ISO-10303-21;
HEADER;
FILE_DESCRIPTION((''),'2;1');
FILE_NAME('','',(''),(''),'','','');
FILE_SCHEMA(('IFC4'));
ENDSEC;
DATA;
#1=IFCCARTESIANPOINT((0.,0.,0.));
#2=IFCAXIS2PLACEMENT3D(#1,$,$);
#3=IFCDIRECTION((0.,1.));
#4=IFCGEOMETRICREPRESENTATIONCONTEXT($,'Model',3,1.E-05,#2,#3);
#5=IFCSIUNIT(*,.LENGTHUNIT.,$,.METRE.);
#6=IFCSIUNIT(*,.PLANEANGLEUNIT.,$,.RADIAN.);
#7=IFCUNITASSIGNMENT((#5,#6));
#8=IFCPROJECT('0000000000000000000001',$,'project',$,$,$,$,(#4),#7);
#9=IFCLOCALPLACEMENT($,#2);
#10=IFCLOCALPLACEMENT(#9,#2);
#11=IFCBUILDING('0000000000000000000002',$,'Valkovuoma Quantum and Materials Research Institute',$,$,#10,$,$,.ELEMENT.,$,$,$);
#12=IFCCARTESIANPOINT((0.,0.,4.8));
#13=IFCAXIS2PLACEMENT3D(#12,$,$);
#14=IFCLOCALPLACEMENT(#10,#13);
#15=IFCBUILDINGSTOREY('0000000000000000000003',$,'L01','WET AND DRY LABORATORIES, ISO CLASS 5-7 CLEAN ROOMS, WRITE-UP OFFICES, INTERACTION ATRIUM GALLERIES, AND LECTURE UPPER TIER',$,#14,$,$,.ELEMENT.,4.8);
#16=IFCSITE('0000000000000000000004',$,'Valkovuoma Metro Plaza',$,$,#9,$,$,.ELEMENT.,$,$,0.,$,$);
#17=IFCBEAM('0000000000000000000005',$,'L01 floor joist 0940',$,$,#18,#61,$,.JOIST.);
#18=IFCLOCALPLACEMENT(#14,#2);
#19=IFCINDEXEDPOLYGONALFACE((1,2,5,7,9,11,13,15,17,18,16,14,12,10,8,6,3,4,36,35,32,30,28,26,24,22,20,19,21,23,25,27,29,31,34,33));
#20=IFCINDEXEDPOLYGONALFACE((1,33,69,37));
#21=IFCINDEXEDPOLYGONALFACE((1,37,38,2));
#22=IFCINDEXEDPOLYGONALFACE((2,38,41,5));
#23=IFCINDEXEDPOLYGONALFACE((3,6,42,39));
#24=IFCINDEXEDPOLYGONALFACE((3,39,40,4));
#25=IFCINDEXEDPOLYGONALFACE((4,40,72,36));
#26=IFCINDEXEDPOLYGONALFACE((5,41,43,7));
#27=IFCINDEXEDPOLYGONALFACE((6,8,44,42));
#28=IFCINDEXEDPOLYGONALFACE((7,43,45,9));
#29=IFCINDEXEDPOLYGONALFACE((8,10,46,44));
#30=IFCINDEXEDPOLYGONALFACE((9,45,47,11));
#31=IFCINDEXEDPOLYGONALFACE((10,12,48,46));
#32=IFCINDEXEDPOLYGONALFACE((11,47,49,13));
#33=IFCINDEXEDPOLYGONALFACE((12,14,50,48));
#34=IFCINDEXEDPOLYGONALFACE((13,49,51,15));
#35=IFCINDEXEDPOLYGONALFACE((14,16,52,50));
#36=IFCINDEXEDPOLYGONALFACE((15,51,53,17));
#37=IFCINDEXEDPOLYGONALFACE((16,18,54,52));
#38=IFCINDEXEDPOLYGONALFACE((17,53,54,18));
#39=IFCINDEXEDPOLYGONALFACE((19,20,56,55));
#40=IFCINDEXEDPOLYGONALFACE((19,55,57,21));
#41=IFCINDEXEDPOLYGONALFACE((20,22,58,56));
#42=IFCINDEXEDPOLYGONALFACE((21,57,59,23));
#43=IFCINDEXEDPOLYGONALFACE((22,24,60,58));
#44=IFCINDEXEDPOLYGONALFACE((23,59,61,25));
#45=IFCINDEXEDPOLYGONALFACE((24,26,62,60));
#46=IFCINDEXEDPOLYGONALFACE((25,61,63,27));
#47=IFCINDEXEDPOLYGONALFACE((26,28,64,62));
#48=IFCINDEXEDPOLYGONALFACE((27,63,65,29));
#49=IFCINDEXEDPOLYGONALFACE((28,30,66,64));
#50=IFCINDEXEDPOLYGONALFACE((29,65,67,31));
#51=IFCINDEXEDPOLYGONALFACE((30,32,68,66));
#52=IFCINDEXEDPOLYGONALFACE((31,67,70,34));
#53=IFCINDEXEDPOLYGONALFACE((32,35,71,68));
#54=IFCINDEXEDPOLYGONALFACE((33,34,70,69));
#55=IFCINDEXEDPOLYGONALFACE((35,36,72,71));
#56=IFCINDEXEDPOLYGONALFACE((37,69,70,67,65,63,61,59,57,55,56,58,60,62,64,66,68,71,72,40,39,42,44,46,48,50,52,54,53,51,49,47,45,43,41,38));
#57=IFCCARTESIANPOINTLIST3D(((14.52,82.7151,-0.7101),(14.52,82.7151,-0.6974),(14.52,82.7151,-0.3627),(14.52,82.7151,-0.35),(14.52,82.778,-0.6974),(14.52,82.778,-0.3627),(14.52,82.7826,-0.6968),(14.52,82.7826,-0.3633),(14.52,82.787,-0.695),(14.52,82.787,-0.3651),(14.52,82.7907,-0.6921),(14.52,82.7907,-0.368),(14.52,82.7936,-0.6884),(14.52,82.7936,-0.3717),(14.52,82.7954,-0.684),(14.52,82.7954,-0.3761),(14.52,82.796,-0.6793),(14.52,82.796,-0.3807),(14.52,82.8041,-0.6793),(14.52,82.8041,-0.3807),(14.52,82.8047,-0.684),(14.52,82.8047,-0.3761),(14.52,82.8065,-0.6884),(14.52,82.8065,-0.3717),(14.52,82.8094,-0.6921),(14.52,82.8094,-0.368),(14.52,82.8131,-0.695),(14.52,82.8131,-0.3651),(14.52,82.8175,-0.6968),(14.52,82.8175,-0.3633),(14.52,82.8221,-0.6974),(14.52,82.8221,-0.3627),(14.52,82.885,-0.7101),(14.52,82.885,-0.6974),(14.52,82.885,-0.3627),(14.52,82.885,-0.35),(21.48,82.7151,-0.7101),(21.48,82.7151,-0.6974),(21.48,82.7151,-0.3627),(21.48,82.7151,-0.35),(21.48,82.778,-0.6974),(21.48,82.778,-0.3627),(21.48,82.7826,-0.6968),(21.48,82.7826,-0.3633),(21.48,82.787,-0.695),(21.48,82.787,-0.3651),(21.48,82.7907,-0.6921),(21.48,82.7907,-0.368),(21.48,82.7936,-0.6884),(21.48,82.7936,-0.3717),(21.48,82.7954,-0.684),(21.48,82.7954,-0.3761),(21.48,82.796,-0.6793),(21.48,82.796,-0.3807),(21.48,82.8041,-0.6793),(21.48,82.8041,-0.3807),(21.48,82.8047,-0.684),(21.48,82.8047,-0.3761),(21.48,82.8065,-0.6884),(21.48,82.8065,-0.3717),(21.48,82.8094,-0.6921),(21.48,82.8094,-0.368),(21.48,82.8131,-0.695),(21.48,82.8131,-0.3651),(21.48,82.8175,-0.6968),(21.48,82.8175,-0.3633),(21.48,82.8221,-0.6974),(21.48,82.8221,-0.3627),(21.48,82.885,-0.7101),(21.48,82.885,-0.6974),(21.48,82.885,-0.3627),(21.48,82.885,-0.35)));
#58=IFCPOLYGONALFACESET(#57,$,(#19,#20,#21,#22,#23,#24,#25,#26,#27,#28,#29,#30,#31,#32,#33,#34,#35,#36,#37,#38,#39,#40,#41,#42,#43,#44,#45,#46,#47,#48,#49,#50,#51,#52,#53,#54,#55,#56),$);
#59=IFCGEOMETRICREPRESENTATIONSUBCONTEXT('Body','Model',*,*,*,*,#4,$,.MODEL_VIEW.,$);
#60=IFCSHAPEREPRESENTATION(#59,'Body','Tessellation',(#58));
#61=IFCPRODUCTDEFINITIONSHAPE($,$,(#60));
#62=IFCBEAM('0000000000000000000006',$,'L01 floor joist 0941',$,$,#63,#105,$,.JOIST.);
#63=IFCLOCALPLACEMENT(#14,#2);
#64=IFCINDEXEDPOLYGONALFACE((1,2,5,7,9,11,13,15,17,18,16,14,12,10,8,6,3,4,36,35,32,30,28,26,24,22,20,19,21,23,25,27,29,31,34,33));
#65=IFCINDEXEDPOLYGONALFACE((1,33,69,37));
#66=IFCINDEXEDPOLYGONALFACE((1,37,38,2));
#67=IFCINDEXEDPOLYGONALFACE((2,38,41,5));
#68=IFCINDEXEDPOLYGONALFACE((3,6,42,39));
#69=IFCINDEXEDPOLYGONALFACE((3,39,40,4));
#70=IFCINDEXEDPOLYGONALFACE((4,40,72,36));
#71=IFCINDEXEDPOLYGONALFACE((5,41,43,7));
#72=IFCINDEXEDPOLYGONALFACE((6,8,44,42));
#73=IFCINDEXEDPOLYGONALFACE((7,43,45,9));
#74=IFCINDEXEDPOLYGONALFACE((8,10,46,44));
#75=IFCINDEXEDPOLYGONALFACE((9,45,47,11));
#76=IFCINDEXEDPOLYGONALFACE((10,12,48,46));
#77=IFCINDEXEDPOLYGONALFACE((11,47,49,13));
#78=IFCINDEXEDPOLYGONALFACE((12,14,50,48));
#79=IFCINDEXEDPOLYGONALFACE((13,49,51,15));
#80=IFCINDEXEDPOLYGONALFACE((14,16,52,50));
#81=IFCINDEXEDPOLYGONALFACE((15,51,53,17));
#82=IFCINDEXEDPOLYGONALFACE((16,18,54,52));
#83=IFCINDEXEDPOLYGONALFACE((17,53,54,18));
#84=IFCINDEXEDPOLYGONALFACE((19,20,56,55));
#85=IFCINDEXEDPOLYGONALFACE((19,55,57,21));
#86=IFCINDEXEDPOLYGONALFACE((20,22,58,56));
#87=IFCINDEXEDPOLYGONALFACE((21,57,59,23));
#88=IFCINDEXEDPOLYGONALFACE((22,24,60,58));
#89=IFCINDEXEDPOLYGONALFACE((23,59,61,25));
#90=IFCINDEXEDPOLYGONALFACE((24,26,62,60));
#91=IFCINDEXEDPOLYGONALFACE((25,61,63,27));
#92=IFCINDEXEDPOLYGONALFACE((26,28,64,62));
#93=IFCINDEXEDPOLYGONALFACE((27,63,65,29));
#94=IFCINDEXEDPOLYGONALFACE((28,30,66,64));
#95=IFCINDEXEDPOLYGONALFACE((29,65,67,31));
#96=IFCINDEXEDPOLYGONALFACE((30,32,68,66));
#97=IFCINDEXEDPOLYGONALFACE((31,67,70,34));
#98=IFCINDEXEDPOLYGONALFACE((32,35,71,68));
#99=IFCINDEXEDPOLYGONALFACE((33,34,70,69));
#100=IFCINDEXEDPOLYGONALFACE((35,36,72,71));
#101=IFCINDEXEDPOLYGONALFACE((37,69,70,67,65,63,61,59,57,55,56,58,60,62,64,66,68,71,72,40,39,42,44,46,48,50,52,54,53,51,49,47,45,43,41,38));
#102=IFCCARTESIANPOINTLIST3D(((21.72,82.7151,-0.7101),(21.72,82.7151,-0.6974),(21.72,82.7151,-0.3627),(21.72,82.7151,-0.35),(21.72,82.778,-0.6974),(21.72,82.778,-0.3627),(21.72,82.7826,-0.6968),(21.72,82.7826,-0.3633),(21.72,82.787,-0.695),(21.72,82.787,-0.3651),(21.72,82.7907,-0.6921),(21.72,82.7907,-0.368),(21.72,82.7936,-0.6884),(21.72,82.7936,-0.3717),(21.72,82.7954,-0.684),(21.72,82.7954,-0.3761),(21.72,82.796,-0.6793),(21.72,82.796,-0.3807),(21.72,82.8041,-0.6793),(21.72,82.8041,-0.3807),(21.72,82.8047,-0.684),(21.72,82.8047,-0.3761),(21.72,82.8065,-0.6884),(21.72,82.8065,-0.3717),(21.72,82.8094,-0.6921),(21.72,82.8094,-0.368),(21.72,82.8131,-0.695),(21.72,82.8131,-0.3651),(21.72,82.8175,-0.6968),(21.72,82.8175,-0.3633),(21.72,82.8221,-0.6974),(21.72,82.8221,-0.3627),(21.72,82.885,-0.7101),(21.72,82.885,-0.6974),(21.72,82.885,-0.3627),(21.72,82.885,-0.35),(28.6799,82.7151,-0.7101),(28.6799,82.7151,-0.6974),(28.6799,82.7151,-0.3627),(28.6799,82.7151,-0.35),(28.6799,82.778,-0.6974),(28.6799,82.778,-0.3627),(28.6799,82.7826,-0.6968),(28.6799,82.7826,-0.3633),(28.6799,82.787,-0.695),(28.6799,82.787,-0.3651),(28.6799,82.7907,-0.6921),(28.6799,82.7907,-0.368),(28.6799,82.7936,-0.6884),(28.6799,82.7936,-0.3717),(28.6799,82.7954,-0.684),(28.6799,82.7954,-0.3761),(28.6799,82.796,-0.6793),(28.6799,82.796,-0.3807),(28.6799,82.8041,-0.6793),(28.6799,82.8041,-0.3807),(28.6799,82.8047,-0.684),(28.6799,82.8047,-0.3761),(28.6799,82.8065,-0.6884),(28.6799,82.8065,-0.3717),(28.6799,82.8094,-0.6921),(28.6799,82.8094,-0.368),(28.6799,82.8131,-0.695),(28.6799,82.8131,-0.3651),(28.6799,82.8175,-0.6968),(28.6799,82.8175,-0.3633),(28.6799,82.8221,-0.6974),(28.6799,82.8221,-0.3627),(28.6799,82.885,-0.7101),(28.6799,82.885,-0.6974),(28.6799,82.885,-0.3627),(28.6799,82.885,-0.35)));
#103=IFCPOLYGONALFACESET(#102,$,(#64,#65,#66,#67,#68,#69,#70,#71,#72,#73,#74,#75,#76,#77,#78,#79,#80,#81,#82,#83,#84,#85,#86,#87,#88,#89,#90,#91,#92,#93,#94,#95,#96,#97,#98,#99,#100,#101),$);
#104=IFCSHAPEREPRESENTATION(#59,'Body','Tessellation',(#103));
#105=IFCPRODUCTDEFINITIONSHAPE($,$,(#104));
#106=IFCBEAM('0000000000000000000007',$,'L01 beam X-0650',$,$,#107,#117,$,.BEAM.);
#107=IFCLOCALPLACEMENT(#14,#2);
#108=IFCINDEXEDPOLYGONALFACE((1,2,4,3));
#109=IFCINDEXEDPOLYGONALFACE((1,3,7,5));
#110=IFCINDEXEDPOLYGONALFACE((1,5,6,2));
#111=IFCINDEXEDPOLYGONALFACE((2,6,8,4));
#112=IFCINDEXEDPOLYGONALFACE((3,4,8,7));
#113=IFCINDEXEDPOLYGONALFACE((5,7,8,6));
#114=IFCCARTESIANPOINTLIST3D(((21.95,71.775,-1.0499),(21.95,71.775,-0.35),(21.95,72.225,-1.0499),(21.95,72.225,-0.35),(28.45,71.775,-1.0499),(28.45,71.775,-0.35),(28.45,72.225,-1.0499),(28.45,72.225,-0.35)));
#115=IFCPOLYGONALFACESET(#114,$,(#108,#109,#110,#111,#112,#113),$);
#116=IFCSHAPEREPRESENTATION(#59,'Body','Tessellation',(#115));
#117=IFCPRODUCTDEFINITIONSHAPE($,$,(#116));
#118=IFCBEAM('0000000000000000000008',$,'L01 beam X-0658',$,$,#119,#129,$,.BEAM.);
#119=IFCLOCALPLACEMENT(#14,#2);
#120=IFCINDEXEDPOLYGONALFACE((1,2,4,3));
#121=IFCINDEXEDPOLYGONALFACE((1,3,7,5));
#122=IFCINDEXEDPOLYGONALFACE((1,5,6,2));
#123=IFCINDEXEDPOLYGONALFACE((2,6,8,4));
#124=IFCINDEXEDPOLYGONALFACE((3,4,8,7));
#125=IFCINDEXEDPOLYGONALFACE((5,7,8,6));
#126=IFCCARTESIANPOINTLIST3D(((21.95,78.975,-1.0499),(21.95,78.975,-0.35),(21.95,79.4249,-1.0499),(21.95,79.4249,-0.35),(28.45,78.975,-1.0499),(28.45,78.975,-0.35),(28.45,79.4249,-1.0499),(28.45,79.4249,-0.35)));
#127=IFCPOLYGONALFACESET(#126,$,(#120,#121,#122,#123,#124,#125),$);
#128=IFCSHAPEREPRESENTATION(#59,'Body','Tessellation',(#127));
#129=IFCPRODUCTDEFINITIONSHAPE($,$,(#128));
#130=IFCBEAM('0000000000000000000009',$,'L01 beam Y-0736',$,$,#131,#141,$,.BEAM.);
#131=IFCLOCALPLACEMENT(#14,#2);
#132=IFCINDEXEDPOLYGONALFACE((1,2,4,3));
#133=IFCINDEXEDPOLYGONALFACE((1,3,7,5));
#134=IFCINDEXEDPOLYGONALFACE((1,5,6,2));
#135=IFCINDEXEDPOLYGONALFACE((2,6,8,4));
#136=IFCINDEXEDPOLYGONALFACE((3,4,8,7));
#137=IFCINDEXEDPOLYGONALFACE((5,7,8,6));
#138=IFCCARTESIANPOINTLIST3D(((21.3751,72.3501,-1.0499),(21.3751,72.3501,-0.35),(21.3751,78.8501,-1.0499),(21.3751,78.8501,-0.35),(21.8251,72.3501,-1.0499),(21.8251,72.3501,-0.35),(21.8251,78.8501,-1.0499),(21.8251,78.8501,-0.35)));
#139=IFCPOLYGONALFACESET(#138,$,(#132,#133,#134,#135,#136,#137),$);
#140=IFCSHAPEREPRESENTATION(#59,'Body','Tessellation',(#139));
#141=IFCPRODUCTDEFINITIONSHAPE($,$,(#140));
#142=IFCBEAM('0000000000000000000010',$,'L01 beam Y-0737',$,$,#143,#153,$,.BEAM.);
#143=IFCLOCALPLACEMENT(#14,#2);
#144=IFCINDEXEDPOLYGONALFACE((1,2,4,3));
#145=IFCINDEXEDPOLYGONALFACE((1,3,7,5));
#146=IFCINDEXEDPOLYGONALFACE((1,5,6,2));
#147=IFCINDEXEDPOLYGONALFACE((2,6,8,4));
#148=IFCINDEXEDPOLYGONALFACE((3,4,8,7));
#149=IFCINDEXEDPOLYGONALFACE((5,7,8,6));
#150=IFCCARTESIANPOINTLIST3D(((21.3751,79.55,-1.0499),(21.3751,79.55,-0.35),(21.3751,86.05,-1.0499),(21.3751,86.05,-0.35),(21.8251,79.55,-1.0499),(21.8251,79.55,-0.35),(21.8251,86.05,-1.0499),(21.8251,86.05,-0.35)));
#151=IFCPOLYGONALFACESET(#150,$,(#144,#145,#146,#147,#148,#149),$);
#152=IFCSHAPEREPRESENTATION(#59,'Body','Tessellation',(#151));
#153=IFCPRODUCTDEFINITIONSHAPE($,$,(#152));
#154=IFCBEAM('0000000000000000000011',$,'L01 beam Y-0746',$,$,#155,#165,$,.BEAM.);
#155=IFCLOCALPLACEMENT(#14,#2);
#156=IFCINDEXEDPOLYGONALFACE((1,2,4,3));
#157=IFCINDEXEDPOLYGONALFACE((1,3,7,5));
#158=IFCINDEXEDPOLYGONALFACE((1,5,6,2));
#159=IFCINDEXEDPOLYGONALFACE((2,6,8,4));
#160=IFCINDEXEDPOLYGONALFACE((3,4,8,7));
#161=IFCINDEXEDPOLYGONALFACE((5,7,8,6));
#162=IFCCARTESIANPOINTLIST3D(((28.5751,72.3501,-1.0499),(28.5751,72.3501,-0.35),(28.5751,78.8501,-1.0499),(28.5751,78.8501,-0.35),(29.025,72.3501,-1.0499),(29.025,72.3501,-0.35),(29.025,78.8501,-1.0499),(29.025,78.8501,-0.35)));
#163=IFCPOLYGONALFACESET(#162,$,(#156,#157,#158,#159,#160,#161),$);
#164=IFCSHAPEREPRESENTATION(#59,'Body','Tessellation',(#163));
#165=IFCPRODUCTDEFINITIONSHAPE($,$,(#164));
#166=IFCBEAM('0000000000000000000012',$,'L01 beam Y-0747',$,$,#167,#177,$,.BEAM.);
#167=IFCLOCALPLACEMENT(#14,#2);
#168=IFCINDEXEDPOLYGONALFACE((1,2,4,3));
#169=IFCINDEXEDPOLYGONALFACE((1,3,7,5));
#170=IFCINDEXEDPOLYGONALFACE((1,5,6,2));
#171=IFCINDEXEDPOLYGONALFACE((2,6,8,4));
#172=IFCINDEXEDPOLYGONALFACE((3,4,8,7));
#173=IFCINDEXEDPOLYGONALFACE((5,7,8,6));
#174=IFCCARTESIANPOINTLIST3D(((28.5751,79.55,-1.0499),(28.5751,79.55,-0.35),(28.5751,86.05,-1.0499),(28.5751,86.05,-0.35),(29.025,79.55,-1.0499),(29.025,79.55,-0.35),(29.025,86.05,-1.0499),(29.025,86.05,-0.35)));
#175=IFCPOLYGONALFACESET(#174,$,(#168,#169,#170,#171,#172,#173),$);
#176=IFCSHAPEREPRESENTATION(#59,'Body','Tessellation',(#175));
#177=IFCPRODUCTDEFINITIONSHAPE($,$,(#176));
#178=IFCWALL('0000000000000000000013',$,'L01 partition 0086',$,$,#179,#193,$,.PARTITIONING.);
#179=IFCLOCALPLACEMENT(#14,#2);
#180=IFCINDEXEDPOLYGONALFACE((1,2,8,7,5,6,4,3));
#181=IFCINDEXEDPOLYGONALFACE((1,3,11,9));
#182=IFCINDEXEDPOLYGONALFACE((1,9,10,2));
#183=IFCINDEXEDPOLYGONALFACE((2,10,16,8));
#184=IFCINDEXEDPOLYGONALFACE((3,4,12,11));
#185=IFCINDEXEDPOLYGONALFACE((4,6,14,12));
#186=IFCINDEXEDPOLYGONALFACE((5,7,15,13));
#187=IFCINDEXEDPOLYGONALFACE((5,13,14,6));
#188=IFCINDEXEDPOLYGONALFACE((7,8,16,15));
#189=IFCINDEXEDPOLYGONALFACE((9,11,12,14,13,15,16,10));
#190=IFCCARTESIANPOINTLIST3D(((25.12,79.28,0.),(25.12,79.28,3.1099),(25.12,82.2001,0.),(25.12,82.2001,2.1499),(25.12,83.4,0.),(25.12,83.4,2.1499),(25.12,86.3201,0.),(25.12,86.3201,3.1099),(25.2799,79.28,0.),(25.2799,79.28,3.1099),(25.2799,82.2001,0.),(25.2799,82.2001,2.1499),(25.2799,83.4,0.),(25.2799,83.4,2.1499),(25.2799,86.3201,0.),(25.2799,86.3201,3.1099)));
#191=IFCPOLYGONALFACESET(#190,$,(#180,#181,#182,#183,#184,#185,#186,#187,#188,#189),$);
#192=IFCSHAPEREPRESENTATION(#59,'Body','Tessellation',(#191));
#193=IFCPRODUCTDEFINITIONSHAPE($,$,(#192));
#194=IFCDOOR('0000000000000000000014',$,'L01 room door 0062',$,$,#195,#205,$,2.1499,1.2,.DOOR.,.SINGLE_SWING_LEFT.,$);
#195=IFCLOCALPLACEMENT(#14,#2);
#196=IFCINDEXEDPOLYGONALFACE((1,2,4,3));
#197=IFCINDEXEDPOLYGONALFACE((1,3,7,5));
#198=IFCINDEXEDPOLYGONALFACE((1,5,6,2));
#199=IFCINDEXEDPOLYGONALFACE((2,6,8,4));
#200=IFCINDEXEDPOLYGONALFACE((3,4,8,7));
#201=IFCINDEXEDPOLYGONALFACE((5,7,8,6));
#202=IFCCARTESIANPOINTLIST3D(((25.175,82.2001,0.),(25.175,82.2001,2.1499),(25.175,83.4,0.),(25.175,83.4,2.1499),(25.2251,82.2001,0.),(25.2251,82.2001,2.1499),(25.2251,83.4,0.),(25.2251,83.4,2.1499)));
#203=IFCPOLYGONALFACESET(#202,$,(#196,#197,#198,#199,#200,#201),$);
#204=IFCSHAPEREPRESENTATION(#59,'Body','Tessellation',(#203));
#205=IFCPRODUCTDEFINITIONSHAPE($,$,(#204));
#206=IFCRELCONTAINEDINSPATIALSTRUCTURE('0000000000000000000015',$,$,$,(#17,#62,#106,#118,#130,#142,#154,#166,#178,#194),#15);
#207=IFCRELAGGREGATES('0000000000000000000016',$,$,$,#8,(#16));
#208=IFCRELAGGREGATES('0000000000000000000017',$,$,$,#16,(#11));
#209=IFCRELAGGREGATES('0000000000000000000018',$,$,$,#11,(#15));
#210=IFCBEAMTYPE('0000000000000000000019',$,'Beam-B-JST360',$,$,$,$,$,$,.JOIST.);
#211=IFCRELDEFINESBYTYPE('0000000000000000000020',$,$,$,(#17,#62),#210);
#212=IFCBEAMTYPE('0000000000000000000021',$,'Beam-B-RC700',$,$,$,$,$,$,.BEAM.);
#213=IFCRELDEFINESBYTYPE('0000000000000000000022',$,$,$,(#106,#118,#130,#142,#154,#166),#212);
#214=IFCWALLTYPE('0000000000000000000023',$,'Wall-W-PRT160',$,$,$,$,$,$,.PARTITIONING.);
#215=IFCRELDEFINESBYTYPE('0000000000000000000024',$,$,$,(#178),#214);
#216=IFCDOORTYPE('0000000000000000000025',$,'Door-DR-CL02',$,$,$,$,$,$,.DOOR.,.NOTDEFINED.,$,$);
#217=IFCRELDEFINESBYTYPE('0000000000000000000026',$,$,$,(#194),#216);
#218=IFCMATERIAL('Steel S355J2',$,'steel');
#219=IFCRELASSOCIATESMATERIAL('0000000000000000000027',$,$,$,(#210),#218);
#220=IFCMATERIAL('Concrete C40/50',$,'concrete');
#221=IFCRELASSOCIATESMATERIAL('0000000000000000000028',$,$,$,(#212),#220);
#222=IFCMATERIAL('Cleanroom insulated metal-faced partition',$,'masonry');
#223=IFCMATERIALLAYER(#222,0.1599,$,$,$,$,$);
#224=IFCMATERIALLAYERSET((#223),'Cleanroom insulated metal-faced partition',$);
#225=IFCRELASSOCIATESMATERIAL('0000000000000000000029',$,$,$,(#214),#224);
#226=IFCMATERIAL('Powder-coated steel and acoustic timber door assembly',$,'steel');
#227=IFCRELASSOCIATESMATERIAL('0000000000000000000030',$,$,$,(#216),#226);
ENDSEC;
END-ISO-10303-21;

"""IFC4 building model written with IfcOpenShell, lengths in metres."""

from ifc_helpers import new_model, si_unit, direction, frame, frame_2d, origin, origin_2d, place, context, subcontext, project, spatial, rectangle, i_section, extrude, material, layer, layer_set, material_profile, profile_set, type_object, element, fill, save


model = new_model("IFC4")

# Units and contexts
model_context = context("Model", 3, precision=1e-05, world=origin(), true_north=direction((0.0, 1.0)))
body_context = subcontext(model_context, "Body", "Model", "MODEL_VIEW")
ifc_project = project(units=[si_unit("LENGTHUNIT", "METRE"), si_unit("PLANEANGLEUNIT", "RADIAN")], contexts=[model_context])

# Site, building, storey
site_placement = place(None, origin())
site = spatial("IfcSite", under=ifc_project, at=site_placement, Name="Valkovuoma Metro Plaza", CompositionType="ELEMENT", RefElevation=0.0)
building_placement = place(site_placement, origin())
building = spatial("IfcBuilding", under=site, at=building_placement, Name="Valkovuoma Quantum and Materials Research Institute", CompositionType="ELEMENT")
storey_placement = place(building_placement, frame((0.0, 0.0, 4.8)))
storey = spatial("IfcBuildingStorey", under=building, at=storey_placement, Name="L01", Description="WET AND DRY LABORATORIES, ISO CLASS 5-7 CLEAN ROOMS, WRITE-UP OFFICES, INTERACTION ATRIUM GALLERIES, AND LECTURE UPPER TIER", CompositionType="ELEMENT", Elevation=4.8)

# Beams
ifc_material_1 = material(Name="Steel S355J2", Category="steel")
ifc_material_profile_1 = material_profile(ifc_material_1, i_section(OverallWidth=0.1699, OverallDepth=0.3601, WebThickness=0.0081, FlangeThickness=0.0127, FilletRadius=0.0181, at=origin_2d()), Name="Steel S355J2")
ifc_profile_set_1 = profile_set([ifc_material_profile_1], Name="Steel S355J2")
beam_type_1 = type_object("IfcBeamType", Name="Beam-B-JST360", PredefinedType="JOIST", material=ifc_profile_set_1)
for number, where, z_axis, x_axis, name in (
    (1, (14.52, 82.8, -0.53), (1.0, 0.0, 0.0), (0.0, 1.0, 0.0), "L01 floor joist 0940"),
    (2, (21.72, 82.8, -0.53), (1.0, 0.0, 0.0), (0.0, 1.0, 0.0), "L01 floor joist 0941"),
):
    element("IfcBeam", number, at=place(storey_placement, frame(where, z_axis=z_axis, x_axis=x_axis)), inside=storey, type_object=beam_type_1, Name=name, PredefinedType="JOIST", context=body_context, shape_type="SweptSolid", body=[
        extrude(i_section(OverallWidth=0.1699, OverallDepth=0.3601, WebThickness=0.0081, FlangeThickness=0.0127, FilletRadius=0.0181, at=origin_2d()), origin(), (0.0, 0.0, 1.0), 6.96),
    ])
ifc_material_2 = material(Name="Concrete C40/50", Category="concrete")
ifc_material_profile_2 = material_profile(ifc_material_2, rectangle(XDim=0.45, YDim=0.7, at=origin_2d()), Name="Concrete C40/50")
ifc_profile_set_2 = profile_set([ifc_material_profile_2], Name="Concrete C40/50")
beam_type_2 = type_object("IfcBeamType", Name="Beam-B-RC700", PredefinedType="BEAM", material=ifc_profile_set_2)
for number, where, z_axis, x_axis, name in (
    (3, (21.95, 72.0, -0.7), (1.0, 0.0, 0.0), (0.0, 1.0, 0.0), "L01 beam X-0650"),
    (4, (21.95, 79.2, -0.7), (1.0, 0.0, 0.0), (0.0, 1.0, 0.0), "L01 beam X-0658"),
    (5, (21.6001, 72.3501, -0.7), (0.0, 1.0, 0.0), (-1.0, 0.0, 0.0), "L01 beam Y-0736"),
    (6, (21.6001, 79.55, -0.7), (0.0, 1.0, 0.0), (-1.0, 0.0, 0.0), "L01 beam Y-0737"),
    (7, (28.8, 72.3501, -0.7), (0.0, 1.0, 0.0), (-1.0, 0.0, 0.0), "L01 beam Y-0746"),
    (8, (28.8, 79.55, -0.7), (0.0, 1.0, 0.0), (-1.0, 0.0, 0.0), "L01 beam Y-0747"),
):
    element("IfcBeam", number, at=place(storey_placement, frame(where, z_axis=z_axis, x_axis=x_axis)), inside=storey, type_object=beam_type_2, Name=name, PredefinedType="BEAM", context=body_context, shape_type="SweptSolid", body=[
        extrude(rectangle(XDim=0.45, YDim=0.7, at=origin_2d()), origin(), (0.0, 0.0, 1.0), 6.5),
    ])

# Wall, opening, door
ifc_material_3 = material(Name="Cleanroom insulated metal-faced partition", Category="masonry")
ifc_layer = layer(ifc_material_3, 0.1599)
ifc_layer_set = layer_set([ifc_layer], Name="Cleanroom insulated metal-faced partition")
wall_type = type_object("IfcWallType", Name="Wall-W-PRT160", PredefinedType="PARTITIONING", material=ifc_layer_set)
wall_1_placement = place(storey_placement, frame((25.2, 79.28, 0.0), z_axis=(0.0, 0.0, 1.0), x_axis=(0.0, 1.0, 0.0)))
wall_1 = element("IfcWall", 9, at=wall_1_placement, inside=storey, type_object=wall_type, Name="L01 partition 0086", PredefinedType="PARTITIONING", context=body_context, shape_type="SweptSolid", body=[
    extrude(rectangle(XDim=7.04, YDim=0.1599, at=frame_2d((3.52, 0.0))), origin(), (0.0, 0.0, 1.0), 3.1099),
])
opening_1_placement = place(wall_1_placement, frame((2.9199, 0.0, 0.0)))
opening_1 = element("IfcOpeningElement", 10, at=opening_1_placement, cuts=wall_1, PredefinedType="OPENING", context=body_context, shape_type="SweptSolid", body=[
    extrude(rectangle(XDim=1.2, YDim=2.1499, at=frame_2d((0.6001, 1.075))), frame((0.0, 0.0898, 0.0), z_axis=(0.0, -1.0, 0.0), x_axis=(1.0, 0.0, 0.0)), (0.0, 0.0, 1.0), 0.1799),
])
ifc_material_4 = material(Name="Powder-coated steel and acoustic timber door assembly", Category="steel")
door_type_1 = type_object("IfcDoorType", Name="Door-DR-CL02", OperationType="NOTDEFINED", PredefinedType="DOOR", material=ifc_material_4)
door_1_placement = place(opening_1_placement, origin())
door_1 = element("IfcDoor", 11, at=door_1_placement, inside=storey, type_object=door_type_1, Name="L01 room door 0062", OperationType="SINGLE_SWING_LEFT", OverallHeight=2.1499, OverallWidth=1.2, PredefinedType="DOOR", context=body_context, shape_type="SweptSolid", body=[
    extrude(rectangle(XDim=1.2, YDim=2.1499, at=frame_2d((0.6001, 1.075))), frame((0.0, 0.0249, 0.0), z_axis=(0.0, -1.0, 0.0), x_axis=(1.0, 0.0, 0.0)), (0.0, 0.0, 1.0), 0.05),
])
fill(opening_1, door_1)

save(model, "model.ifc")
